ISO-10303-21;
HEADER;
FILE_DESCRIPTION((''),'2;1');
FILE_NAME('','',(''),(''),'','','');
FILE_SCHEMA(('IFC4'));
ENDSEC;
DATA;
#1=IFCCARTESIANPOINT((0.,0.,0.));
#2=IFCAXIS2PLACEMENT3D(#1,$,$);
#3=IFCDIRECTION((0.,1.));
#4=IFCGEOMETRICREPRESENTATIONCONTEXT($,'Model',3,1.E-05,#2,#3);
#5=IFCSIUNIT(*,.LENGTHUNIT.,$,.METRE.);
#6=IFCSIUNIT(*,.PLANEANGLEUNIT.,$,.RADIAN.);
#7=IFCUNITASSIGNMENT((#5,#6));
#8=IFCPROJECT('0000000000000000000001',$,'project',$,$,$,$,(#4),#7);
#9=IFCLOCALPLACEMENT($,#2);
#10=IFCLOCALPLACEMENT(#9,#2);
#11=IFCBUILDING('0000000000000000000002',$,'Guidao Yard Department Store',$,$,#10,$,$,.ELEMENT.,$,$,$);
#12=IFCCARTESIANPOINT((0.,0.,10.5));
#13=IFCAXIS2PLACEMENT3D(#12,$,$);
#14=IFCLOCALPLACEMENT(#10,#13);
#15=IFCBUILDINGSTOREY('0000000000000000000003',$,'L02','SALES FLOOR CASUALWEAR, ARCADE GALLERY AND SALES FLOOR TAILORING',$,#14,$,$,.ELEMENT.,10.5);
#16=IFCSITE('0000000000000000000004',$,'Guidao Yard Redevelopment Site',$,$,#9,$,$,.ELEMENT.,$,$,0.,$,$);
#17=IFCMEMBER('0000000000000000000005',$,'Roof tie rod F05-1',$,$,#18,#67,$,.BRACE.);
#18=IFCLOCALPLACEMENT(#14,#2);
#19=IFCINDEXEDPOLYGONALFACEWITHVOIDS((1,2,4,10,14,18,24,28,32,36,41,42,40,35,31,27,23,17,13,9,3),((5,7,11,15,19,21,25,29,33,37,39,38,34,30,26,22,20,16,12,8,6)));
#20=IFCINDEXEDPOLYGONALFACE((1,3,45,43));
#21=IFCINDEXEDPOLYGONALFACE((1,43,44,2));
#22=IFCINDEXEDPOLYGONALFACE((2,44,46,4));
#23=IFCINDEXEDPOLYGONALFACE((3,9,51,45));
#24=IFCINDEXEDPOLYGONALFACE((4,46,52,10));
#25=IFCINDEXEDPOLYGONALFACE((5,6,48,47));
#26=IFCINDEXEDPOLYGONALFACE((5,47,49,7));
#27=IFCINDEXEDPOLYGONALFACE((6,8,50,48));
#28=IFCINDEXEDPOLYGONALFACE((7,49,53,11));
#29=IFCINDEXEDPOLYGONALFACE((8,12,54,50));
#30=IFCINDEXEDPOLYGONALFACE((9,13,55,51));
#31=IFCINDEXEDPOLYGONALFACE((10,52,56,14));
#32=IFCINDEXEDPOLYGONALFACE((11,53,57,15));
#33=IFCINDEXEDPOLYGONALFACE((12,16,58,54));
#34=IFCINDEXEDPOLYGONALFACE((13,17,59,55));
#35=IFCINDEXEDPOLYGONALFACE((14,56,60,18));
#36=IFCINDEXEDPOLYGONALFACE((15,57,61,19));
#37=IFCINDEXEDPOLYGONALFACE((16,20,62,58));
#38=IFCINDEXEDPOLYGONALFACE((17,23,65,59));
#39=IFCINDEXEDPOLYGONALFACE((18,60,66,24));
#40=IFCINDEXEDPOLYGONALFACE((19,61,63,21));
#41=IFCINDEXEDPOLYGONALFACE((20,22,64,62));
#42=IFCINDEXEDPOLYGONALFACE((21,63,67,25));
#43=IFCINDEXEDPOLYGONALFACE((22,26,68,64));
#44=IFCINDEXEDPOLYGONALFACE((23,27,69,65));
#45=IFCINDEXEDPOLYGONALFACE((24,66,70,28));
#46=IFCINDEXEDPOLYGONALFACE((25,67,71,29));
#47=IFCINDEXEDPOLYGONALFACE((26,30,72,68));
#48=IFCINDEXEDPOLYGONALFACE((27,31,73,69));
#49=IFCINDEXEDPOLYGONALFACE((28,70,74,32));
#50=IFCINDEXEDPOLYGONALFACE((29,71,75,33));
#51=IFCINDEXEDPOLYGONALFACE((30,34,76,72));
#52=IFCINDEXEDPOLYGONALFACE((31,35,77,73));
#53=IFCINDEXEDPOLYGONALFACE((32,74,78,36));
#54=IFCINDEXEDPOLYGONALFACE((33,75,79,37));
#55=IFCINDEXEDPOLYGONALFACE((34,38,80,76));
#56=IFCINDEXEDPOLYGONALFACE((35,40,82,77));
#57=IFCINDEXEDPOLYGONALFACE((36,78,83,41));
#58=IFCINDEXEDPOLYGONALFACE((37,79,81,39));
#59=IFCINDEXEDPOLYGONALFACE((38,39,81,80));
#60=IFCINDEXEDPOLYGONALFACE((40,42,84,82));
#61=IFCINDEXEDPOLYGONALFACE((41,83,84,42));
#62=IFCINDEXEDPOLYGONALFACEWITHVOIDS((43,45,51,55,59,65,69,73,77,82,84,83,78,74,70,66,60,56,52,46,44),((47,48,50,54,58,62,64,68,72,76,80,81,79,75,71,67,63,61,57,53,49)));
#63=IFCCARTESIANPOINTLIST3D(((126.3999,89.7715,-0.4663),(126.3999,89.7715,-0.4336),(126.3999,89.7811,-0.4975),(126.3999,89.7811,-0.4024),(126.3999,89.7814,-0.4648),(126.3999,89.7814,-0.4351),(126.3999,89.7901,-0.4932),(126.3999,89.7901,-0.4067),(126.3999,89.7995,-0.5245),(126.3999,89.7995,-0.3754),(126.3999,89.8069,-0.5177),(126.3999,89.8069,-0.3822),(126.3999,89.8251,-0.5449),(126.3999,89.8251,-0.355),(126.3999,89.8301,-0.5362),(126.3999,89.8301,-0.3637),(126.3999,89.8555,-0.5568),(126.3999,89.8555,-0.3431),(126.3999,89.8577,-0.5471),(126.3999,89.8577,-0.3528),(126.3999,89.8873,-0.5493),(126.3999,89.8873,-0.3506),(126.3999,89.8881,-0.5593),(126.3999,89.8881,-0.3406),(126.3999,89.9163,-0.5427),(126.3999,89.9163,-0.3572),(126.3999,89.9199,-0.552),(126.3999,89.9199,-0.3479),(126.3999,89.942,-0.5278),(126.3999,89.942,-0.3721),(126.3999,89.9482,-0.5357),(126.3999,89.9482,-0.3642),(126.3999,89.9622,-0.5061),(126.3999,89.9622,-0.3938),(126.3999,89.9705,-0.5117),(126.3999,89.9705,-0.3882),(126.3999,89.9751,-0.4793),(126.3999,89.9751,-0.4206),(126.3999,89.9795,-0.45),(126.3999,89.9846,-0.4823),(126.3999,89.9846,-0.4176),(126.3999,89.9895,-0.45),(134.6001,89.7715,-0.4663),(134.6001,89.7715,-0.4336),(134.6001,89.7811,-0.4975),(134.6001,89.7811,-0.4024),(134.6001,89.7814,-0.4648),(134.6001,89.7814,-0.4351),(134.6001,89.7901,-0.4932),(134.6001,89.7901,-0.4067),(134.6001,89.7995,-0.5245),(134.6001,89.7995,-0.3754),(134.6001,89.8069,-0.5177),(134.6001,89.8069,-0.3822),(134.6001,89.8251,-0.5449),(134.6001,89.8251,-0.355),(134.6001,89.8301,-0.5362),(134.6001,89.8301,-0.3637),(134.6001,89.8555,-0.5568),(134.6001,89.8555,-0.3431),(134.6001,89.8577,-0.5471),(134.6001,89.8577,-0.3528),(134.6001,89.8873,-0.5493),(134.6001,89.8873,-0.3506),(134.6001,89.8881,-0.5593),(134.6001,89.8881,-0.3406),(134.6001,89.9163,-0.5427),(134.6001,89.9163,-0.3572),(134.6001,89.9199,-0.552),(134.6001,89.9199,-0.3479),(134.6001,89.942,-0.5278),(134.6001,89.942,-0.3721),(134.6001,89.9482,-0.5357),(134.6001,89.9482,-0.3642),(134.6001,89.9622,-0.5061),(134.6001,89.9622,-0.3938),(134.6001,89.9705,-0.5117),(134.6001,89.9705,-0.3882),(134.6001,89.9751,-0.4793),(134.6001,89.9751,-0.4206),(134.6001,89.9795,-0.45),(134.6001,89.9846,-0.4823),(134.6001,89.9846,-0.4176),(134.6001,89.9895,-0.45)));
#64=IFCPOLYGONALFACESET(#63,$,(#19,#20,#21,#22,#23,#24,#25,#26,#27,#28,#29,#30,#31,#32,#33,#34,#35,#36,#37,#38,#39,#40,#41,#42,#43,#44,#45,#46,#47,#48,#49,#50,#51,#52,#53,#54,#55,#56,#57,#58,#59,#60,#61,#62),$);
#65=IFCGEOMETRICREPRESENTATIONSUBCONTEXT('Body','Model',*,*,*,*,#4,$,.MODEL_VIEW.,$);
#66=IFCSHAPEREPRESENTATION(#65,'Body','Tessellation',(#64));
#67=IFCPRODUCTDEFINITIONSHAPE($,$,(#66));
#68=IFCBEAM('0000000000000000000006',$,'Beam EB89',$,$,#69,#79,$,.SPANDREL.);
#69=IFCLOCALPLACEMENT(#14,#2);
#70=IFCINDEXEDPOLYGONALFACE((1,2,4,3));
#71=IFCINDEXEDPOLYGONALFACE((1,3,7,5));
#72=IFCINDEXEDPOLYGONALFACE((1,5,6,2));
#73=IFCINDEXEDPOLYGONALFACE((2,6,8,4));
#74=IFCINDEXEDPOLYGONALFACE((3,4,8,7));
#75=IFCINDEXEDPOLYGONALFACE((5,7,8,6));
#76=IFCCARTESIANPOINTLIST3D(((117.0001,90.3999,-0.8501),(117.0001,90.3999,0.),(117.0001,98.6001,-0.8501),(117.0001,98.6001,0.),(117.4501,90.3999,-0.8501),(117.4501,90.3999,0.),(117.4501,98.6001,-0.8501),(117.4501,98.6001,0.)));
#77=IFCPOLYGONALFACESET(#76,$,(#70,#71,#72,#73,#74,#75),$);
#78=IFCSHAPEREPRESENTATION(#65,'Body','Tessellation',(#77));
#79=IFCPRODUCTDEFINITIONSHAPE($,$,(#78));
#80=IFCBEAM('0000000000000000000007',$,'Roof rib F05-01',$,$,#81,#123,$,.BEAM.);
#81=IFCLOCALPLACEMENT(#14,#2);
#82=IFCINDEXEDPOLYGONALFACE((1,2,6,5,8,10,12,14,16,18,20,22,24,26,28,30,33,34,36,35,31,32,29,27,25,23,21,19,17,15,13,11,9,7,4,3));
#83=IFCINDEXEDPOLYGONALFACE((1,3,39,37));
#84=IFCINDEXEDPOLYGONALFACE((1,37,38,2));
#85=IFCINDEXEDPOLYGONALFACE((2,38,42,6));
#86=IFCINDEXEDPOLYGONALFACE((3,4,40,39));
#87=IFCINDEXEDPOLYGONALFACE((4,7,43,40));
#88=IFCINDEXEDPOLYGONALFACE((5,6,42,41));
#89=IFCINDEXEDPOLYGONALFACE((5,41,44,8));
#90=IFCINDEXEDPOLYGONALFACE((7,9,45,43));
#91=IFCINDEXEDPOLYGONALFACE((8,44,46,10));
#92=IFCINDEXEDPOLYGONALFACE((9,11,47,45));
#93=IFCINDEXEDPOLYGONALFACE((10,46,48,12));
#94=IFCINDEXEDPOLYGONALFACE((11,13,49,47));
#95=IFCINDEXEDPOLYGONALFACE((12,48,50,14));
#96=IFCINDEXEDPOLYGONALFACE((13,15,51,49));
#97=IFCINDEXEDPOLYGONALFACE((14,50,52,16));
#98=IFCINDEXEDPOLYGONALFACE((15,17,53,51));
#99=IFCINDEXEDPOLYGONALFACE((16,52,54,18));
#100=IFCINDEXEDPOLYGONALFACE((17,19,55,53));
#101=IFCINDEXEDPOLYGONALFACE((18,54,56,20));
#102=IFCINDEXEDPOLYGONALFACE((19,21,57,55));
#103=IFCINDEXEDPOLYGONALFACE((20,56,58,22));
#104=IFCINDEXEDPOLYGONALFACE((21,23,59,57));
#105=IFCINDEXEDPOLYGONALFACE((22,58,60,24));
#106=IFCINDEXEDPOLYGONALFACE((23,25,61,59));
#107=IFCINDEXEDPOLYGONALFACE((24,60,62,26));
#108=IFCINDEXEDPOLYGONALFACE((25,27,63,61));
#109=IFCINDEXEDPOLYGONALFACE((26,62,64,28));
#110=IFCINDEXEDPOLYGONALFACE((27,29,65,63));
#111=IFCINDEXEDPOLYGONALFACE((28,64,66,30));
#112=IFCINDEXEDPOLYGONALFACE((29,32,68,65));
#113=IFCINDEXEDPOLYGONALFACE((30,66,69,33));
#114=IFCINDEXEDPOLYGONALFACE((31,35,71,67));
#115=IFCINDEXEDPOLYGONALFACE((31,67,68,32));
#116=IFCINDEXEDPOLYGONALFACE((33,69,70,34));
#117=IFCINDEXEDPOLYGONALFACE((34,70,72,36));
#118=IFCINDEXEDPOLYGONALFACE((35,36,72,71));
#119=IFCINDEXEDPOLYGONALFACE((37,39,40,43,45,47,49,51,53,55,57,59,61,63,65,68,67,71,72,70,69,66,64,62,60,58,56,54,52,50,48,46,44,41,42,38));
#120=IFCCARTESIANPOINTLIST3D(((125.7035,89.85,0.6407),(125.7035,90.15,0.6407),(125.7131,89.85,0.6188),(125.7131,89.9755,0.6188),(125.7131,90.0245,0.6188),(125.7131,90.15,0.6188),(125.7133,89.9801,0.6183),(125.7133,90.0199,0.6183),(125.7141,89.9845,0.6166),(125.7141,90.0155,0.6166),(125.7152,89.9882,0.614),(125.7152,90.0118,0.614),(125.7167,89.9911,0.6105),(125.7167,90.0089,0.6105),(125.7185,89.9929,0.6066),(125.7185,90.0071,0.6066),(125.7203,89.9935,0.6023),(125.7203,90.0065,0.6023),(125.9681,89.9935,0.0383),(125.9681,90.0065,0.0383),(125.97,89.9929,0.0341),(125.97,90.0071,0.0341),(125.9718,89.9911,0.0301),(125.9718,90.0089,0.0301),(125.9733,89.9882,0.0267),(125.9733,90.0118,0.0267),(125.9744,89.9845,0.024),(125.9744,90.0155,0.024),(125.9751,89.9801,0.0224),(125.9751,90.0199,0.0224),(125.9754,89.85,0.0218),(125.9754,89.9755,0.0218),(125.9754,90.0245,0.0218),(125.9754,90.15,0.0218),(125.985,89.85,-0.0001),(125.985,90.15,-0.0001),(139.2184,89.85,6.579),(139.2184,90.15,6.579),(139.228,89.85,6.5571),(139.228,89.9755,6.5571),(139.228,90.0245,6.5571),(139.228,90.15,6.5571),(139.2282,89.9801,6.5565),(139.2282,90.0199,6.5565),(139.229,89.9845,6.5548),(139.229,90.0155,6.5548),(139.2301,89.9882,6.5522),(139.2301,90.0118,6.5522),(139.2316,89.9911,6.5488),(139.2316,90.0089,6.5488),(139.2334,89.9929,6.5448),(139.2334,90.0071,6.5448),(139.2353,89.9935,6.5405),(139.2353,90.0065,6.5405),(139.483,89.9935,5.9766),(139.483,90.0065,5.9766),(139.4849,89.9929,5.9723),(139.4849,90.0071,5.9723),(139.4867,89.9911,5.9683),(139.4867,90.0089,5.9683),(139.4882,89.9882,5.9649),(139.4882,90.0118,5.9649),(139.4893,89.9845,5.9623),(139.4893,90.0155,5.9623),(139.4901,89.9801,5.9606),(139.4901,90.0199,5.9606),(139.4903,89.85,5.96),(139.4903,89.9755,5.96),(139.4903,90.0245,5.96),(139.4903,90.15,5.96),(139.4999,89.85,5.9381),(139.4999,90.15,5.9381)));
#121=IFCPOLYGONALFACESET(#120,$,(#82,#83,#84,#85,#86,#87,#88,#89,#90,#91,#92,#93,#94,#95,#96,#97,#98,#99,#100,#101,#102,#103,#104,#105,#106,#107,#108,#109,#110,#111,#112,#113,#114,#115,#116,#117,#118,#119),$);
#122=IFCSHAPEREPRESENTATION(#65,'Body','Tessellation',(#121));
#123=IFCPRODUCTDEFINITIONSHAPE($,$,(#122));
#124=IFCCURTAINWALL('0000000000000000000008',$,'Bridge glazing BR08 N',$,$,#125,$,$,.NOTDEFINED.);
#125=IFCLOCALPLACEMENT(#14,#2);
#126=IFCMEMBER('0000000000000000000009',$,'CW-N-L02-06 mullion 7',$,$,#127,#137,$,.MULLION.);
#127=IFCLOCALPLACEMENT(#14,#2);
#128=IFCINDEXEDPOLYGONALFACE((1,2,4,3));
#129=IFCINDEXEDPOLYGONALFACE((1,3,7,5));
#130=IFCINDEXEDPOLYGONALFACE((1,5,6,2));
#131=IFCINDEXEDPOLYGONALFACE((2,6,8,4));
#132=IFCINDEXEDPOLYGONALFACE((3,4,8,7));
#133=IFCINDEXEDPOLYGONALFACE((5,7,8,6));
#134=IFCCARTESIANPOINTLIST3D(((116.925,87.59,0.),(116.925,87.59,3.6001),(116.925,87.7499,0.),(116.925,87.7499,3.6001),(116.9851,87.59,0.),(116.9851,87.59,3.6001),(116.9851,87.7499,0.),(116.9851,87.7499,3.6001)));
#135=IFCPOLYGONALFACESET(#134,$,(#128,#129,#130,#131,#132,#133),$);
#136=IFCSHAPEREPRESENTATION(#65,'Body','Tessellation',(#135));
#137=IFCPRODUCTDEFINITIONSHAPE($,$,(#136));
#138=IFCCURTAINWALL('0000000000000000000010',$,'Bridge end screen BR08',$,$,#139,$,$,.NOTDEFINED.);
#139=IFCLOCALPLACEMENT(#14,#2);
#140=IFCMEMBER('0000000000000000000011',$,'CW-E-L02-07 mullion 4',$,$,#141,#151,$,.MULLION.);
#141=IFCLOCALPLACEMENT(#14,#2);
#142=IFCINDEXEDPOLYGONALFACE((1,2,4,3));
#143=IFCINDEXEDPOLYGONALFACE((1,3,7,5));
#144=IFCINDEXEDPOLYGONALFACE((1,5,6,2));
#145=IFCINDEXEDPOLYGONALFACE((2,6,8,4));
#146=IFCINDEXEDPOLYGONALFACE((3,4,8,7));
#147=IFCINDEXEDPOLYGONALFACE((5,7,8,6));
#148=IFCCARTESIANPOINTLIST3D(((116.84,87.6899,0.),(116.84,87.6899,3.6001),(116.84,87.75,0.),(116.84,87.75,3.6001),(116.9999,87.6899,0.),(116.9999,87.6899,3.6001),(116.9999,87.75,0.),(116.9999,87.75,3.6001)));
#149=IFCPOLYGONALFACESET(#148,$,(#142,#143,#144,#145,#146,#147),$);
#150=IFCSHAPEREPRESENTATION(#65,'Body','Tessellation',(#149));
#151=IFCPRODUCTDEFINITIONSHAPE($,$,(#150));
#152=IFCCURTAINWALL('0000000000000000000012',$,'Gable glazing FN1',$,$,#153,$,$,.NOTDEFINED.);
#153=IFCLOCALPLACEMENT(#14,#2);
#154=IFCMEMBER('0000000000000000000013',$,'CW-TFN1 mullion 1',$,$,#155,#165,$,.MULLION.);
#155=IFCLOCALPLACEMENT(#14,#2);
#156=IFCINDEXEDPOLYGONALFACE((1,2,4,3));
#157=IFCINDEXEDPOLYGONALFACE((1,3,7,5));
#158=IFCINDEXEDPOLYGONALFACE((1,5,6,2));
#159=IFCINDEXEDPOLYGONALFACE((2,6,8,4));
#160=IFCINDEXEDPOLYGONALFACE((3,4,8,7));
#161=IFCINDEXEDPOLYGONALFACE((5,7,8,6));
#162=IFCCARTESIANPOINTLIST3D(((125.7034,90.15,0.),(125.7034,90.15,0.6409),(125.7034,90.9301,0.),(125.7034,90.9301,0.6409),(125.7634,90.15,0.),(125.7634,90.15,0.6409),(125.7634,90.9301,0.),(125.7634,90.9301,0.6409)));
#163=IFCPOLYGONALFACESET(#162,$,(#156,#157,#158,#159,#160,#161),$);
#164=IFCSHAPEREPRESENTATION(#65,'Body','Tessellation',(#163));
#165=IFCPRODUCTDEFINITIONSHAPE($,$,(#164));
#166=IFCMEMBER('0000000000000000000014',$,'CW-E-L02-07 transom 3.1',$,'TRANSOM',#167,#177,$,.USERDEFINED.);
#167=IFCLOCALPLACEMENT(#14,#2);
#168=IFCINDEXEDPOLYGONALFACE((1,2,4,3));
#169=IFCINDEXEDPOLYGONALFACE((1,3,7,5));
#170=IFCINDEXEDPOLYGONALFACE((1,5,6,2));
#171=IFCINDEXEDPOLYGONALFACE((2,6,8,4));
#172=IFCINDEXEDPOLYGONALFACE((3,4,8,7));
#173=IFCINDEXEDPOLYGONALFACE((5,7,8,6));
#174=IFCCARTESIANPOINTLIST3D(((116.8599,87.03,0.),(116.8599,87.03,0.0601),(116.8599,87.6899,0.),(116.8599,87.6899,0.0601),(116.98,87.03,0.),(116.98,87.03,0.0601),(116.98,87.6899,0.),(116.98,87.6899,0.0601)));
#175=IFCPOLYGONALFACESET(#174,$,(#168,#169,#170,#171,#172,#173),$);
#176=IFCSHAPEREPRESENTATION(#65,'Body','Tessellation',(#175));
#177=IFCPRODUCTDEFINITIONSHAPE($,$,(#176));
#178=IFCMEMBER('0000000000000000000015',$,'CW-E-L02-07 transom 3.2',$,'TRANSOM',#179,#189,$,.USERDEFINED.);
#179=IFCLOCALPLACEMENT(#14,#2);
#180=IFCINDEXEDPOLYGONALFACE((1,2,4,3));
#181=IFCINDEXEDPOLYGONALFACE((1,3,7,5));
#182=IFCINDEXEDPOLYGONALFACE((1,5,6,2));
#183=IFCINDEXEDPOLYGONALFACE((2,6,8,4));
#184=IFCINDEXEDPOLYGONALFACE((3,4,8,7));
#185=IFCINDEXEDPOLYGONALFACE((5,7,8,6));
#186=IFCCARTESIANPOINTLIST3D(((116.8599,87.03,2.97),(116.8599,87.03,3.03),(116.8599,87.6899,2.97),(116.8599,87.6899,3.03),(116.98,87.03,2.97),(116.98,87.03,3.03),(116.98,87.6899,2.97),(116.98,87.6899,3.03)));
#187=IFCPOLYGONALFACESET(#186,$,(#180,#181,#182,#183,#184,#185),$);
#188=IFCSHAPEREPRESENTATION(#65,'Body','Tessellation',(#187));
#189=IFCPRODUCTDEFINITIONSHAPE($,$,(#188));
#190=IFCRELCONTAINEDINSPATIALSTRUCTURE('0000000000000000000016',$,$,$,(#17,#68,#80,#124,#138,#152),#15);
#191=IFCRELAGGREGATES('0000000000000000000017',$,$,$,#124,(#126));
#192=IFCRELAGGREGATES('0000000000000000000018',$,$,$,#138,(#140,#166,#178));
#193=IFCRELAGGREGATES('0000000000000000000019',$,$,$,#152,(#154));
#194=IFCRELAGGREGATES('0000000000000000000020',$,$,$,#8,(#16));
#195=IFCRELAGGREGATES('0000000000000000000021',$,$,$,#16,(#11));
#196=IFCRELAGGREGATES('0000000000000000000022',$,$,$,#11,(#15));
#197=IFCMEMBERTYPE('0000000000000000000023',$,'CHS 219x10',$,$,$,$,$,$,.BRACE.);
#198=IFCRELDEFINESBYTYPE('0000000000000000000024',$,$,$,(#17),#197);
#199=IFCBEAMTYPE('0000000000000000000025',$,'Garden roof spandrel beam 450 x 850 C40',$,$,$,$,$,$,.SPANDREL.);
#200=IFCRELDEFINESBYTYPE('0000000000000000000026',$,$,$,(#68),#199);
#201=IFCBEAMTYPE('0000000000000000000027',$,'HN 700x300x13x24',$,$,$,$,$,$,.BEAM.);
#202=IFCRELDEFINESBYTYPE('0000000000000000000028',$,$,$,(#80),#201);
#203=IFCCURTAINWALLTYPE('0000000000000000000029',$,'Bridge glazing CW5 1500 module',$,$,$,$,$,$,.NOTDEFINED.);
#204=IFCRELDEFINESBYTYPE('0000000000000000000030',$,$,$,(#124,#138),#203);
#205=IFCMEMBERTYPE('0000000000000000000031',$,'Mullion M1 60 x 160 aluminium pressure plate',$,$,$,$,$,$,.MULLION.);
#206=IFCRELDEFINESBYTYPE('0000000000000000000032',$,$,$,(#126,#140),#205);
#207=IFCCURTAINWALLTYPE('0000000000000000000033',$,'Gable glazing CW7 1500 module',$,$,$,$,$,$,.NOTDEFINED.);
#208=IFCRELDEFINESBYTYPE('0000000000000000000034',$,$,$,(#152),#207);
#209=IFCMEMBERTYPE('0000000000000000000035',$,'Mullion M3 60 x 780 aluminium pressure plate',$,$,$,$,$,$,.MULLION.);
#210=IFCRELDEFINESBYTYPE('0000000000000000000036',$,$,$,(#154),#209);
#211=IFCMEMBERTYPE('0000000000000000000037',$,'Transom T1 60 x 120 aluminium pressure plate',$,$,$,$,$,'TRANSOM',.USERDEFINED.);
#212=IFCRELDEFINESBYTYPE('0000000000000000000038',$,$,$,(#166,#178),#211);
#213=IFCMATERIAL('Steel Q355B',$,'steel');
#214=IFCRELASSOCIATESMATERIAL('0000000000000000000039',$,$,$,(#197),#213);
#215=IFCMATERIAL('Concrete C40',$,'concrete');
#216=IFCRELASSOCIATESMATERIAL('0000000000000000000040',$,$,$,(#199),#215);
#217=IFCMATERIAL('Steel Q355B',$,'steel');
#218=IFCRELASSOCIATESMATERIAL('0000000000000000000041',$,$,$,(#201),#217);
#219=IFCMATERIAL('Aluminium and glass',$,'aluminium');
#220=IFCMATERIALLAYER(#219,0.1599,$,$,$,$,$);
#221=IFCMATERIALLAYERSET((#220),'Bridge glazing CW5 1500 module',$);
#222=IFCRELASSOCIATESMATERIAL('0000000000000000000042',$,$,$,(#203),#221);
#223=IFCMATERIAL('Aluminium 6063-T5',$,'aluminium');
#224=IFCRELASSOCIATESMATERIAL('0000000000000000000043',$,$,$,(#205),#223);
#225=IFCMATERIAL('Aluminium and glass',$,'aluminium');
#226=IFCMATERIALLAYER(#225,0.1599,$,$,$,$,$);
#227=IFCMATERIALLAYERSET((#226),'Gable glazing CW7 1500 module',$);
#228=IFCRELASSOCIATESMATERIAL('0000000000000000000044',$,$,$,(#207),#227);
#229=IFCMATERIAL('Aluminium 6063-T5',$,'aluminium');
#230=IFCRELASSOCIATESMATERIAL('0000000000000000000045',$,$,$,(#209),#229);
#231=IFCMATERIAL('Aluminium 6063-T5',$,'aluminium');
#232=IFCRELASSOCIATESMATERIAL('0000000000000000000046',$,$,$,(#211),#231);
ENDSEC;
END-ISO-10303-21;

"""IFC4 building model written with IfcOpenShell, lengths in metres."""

from ifc_helpers import new_model, si_unit, direction, frame, origin, origin_2d, place, context, subcontext, project, spatial, rectangle, hollow_circle, i_section, extrude, material, layer, layer_set, material_profile, profile_set, type_object, element, aggregate, save


model = new_model("IFC4")

# Units and contexts
model_context = context("Model", 3, precision=1e-05, world=origin(), true_north=direction((0.0, 1.0)))
body_context = subcontext(model_context, "Body", "Model", "MODEL_VIEW")
ifc_project = project(units=[si_unit("LENGTHUNIT", "METRE"), si_unit("PLANEANGLEUNIT", "RADIAN")], contexts=[model_context])

# Site, building, storey
site_placement = place(None, origin())
site = spatial("IfcSite", under=ifc_project, at=site_placement, Name="Guidao Yard Redevelopment Site", CompositionType="ELEMENT", RefElevation=0.0)
building_placement = place(site_placement, origin())
building = spatial("IfcBuilding", under=site, at=building_placement, Name="Guidao Yard Department Store", CompositionType="ELEMENT")
storey_placement = place(building_placement, frame((0.0, 0.0, 10.5)))
storey = spatial("IfcBuildingStorey", under=building, at=storey_placement, Name="L02", Description="SALES FLOOR CASUALWEAR, ARCADE GALLERY AND SALES FLOOR TAILORING", CompositionType="ELEMENT", Elevation=10.5)

# Member
ifc_material_1 = material(Name="Steel Q355B", Category="steel")
ifc_material_profile_1 = material_profile(ifc_material_1, hollow_circle(Radius=0.1096, WallThickness=0.01, at=origin_2d()), Name="CHS 219x10")
ifc_profile_set_1 = profile_set([ifc_material_profile_1], Name="Steel Q355B")
member_type_1 = type_object("IfcMemberType", Name="CHS 219x10", PredefinedType="BRACE", material=ifc_profile_set_1)
member_1_placement = place(storey_placement, frame((126.3999, 89.8799, -0.45), z_axis=(1.0, 0.0, 0.0), x_axis=(0.0, 1.0, 0.0)))
element("IfcMember", 1, at=member_1_placement, inside=storey, type_object=member_type_1, Name="Roof tie rod F05-1", PredefinedType="BRACE", context=body_context, shape_type="SweptSolid", body=[
    extrude(hollow_circle(Radius=0.1096, WallThickness=0.01, at=origin_2d()), origin(), (0.0, 0.0, 1.0), 8.2002),
])

# Beams
ifc_material_2 = material(Name="Concrete C40", Category="concrete")
ifc_material_profile_2 = material_profile(ifc_material_2, rectangle(XDim=0.45, YDim=0.8501, at=origin_2d()), Name="Garden roof spandrel beam 450 x 850 C40")
ifc_profile_set_2 = profile_set([ifc_material_profile_2], Name="Concrete C40")
beam_type_1 = type_object("IfcBeamType", Name="Garden roof spandrel beam 450 x 850 C40", PredefinedType="SPANDREL", material=ifc_profile_set_2)
beam_1_placement = place(storey_placement, frame((117.2251, 90.3999, -0.425), z_axis=(0.0, 1.0, 0.0), x_axis=(-1.0, 0.0, 0.0)))
element("IfcBeam", 2, at=beam_1_placement, inside=storey, type_object=beam_type_1, Name="Beam EB89", PredefinedType="SPANDREL", context=body_context, shape_type="SweptSolid", body=[
    extrude(rectangle(XDim=0.45, YDim=0.8501, at=origin_2d()), origin(), (0.0, 0.0, 1.0), 8.2002),
])
ifc_material_3 = material(Name="Steel Q355B", Category="steel")
ifc_material_profile_3 = material_profile(ifc_material_3, i_section(OverallWidth=0.3, OverallDepth=0.7, WebThickness=0.0129, FlangeThickness=0.0239, FilletRadius=0.0181, at=origin_2d()), Name="HN 700x300x13x24")
ifc_profile_set_3 = profile_set([ifc_material_profile_3], Name="Steel Q355B")
beam_type_2 = type_object("IfcBeamType", Name="HN 700x300x13x24", PredefinedType="BEAM", material=ifc_profile_set_3)
beam_2_placement = place(storey_placement, frame((125.8442, 90.0, 0.3203), z_axis=(0.915523, 0.0, 0.402266), x_axis=(0.0, 1.0, 0.0)))
element("IfcBeam", 3, at=beam_2_placement, inside=storey, type_object=beam_type_2, Name="Roof rib F05-01", PredefinedType="BEAM", context=body_context, shape_type="SweptSolid", body=[
    extrude(i_section(OverallWidth=0.3, OverallDepth=0.7, WebThickness=0.0129, FlangeThickness=0.0239, FilletRadius=0.0181, at=origin_2d()), origin(), (0.0, 0.0, 1.0), 14.762),
])

# Curtain walls, members
ifc_material_4 = material(Name="Aluminium and glass", Category="aluminium")
ifc_layer_1 = layer(ifc_material_4, 0.1599)
ifc_layer_set_1 = layer_set([ifc_layer_1], Name="Bridge glazing CW5 1500 module")
curtain_wall_type_1 = type_object("IfcCurtainWallType", Name="Bridge glazing CW5 1500 module", PredefinedType="NOTDEFINED", material=ifc_layer_set_1)
curtain_wall_1_placement = place(storey_placement, origin())
curtain_wall_1 = element("IfcCurtainWall", 4, at=curtain_wall_1_placement, inside=storey, type_object=curtain_wall_type_1, Name="Bridge glazing BR08 N", PredefinedType="NOTDEFINED")
ifc_material_5 = material(Name="Aluminium 6063-T5", Category="aluminium")
ifc_material_profile_4 = material_profile(ifc_material_5, rectangle(XDim=0.0601, YDim=0.1599, at=origin_2d()), Name="Mullion M1 60 x 160 aluminium pressure plate")
ifc_profile_set_4 = profile_set([ifc_material_profile_4], Name="Aluminium 6063-T5")
member_type_2 = type_object("IfcMemberType", Name="Mullion M1 60 x 160 aluminium pressure plate", PredefinedType="MULLION", material=ifc_profile_set_4)
member_2_placement = place(storey_placement, frame((116.9551, 87.6699, 0.0), z_axis=(0.0, 0.0, 1.0), x_axis=(1.0, 0.0, 0.0)))
member_2 = element("IfcMember", 5, at=member_2_placement, type_object=member_type_2, Name="CW-N-L02-06 mullion 7", PredefinedType="MULLION", context=body_context, shape_type="SweptSolid", body=[
    extrude(rectangle(XDim=0.0601, YDim=0.1599, at=origin_2d()), origin(), (0.0, 0.0, 1.0), 3.6001),
])
aggregate(curtain_wall_1, [member_2])
curtain_wall_2_placement = place(storey_placement, origin())
curtain_wall_2 = element("IfcCurtainWall", 6, at=curtain_wall_2_placement, inside=storey, type_object=curtain_wall_type_1, Name="Bridge end screen BR08", PredefinedType="NOTDEFINED")
member_3_placement = place(storey_placement, frame((116.9199, 87.72, 0.0), z_axis=(0.0, 0.0, 1.0), x_axis=(0.0, -1.0, 0.0)))
member_3 = element("IfcMember", 7, at=member_3_placement, type_object=member_type_2, Name="CW-E-L02-07 mullion 4", PredefinedType="MULLION", context=body_context, shape_type="SweptSolid", body=[
    extrude(rectangle(XDim=0.0601, YDim=0.1599, at=origin_2d()), origin(), (0.0, 0.0, 1.0), 3.6001),
])
ifc_material_6 = material(Name="Aluminium and glass", Category="aluminium")
ifc_layer_2 = layer(ifc_material_6, 0.1599)
ifc_layer_set_2 = layer_set([ifc_layer_2], Name="Gable glazing CW7 1500 module")
curtain_wall_type_2 = type_object("IfcCurtainWallType", Name="Gable glazing CW7 1500 module", PredefinedType="NOTDEFINED", material=ifc_layer_set_2)
curtain_wall_3_placement = place(storey_placement, origin())
curtain_wall_3 = element("IfcCurtainWall", 8, at=curtain_wall_3_placement, inside=storey, type_object=curtain_wall_type_2, Name="Gable glazing FN1", PredefinedType="NOTDEFINED")
ifc_material_7 = material(Name="Aluminium 6063-T5", Category="aluminium")
ifc_material_profile_5 = material_profile(ifc_material_7, rectangle(XDim=0.0601, YDim=0.78, at=origin_2d()), Name="Mullion M3 60 x 780 aluminium pressure plate")
ifc_profile_set_5 = profile_set([ifc_material_profile_5], Name="Aluminium 6063-T5")
member_type_3 = type_object("IfcMemberType", Name="Mullion M3 60 x 780 aluminium pressure plate", PredefinedType="MULLION", material=ifc_profile_set_5)
member_4_placement = place(storey_placement, frame((125.7334, 90.54, 0.0), z_axis=(0.0, 0.0, 1.0), x_axis=(1.0, 0.0, 0.0)))
member_4 = element("IfcMember", 9, at=member_4_placement, type_object=member_type_3, Name="CW-TFN1 mullion 1", PredefinedType="MULLION", context=body_context, shape_type="SweptSolid", body=[
    extrude(rectangle(XDim=0.0601, YDim=0.78, at=origin_2d()), origin(), (0.0, 0.0, 1.0), 0.6409),
])

# Members
ifc_material_8 = material(Name="Aluminium 6063-T5", Category="aluminium")
ifc_material_profile_6 = material_profile(ifc_material_8, rectangle(XDim=0.1201, YDim=0.0601, at=origin_2d()), Name="Transom T1 60 x 120 aluminium pressure plate")
ifc_profile_set_6 = profile_set([ifc_material_profile_6], Name="Aluminium 6063-T5")
member_type_4 = type_object("IfcMemberType", Name="Transom T1 60 x 120 aluminium pressure plate", ElementType="TRANSOM", PredefinedType="USERDEFINED", material=ifc_profile_set_6)
member_5_placement = place(storey_placement, frame((116.9199, 87.6899, 0.03), z_axis=(0.0, -1.0, 0.0), x_axis=(1.0, 0.0, 0.0)))
member_5 = element("IfcMember", 10, at=member_5_placement, type_object=member_type_4, Name="CW-E-L02-07 transom 3.1", ObjectType="TRANSOM", PredefinedType="USERDEFINED", context=body_context, shape_type="SweptSolid", body=[
    extrude(rectangle(XDim=0.1201, YDim=0.0601, at=origin_2d()), origin(), (0.0, 0.0, 1.0), 0.6599),
])
member_6_placement = place(storey_placement, frame((116.9199, 87.6899, 3.0), z_axis=(0.0, -1.0, 0.0), x_axis=(1.0, 0.0, 0.0)))
member_6 = element("IfcMember", 11, at=member_6_placement, type_object=member_type_4, Name="CW-E-L02-07 transom 3.2", ObjectType="TRANSOM", PredefinedType="USERDEFINED", context=body_context, shape_type="SweptSolid", body=[
    extrude(rectangle(XDim=0.1201, YDim=0.0601, at=origin_2d()), origin(), (0.0, 0.0, 1.0), 0.6599),
])
aggregate(curtain_wall_2, [member_3, member_5, member_6])

aggregate(curtain_wall_3, [member_4])

save(model, "model.ifc")
